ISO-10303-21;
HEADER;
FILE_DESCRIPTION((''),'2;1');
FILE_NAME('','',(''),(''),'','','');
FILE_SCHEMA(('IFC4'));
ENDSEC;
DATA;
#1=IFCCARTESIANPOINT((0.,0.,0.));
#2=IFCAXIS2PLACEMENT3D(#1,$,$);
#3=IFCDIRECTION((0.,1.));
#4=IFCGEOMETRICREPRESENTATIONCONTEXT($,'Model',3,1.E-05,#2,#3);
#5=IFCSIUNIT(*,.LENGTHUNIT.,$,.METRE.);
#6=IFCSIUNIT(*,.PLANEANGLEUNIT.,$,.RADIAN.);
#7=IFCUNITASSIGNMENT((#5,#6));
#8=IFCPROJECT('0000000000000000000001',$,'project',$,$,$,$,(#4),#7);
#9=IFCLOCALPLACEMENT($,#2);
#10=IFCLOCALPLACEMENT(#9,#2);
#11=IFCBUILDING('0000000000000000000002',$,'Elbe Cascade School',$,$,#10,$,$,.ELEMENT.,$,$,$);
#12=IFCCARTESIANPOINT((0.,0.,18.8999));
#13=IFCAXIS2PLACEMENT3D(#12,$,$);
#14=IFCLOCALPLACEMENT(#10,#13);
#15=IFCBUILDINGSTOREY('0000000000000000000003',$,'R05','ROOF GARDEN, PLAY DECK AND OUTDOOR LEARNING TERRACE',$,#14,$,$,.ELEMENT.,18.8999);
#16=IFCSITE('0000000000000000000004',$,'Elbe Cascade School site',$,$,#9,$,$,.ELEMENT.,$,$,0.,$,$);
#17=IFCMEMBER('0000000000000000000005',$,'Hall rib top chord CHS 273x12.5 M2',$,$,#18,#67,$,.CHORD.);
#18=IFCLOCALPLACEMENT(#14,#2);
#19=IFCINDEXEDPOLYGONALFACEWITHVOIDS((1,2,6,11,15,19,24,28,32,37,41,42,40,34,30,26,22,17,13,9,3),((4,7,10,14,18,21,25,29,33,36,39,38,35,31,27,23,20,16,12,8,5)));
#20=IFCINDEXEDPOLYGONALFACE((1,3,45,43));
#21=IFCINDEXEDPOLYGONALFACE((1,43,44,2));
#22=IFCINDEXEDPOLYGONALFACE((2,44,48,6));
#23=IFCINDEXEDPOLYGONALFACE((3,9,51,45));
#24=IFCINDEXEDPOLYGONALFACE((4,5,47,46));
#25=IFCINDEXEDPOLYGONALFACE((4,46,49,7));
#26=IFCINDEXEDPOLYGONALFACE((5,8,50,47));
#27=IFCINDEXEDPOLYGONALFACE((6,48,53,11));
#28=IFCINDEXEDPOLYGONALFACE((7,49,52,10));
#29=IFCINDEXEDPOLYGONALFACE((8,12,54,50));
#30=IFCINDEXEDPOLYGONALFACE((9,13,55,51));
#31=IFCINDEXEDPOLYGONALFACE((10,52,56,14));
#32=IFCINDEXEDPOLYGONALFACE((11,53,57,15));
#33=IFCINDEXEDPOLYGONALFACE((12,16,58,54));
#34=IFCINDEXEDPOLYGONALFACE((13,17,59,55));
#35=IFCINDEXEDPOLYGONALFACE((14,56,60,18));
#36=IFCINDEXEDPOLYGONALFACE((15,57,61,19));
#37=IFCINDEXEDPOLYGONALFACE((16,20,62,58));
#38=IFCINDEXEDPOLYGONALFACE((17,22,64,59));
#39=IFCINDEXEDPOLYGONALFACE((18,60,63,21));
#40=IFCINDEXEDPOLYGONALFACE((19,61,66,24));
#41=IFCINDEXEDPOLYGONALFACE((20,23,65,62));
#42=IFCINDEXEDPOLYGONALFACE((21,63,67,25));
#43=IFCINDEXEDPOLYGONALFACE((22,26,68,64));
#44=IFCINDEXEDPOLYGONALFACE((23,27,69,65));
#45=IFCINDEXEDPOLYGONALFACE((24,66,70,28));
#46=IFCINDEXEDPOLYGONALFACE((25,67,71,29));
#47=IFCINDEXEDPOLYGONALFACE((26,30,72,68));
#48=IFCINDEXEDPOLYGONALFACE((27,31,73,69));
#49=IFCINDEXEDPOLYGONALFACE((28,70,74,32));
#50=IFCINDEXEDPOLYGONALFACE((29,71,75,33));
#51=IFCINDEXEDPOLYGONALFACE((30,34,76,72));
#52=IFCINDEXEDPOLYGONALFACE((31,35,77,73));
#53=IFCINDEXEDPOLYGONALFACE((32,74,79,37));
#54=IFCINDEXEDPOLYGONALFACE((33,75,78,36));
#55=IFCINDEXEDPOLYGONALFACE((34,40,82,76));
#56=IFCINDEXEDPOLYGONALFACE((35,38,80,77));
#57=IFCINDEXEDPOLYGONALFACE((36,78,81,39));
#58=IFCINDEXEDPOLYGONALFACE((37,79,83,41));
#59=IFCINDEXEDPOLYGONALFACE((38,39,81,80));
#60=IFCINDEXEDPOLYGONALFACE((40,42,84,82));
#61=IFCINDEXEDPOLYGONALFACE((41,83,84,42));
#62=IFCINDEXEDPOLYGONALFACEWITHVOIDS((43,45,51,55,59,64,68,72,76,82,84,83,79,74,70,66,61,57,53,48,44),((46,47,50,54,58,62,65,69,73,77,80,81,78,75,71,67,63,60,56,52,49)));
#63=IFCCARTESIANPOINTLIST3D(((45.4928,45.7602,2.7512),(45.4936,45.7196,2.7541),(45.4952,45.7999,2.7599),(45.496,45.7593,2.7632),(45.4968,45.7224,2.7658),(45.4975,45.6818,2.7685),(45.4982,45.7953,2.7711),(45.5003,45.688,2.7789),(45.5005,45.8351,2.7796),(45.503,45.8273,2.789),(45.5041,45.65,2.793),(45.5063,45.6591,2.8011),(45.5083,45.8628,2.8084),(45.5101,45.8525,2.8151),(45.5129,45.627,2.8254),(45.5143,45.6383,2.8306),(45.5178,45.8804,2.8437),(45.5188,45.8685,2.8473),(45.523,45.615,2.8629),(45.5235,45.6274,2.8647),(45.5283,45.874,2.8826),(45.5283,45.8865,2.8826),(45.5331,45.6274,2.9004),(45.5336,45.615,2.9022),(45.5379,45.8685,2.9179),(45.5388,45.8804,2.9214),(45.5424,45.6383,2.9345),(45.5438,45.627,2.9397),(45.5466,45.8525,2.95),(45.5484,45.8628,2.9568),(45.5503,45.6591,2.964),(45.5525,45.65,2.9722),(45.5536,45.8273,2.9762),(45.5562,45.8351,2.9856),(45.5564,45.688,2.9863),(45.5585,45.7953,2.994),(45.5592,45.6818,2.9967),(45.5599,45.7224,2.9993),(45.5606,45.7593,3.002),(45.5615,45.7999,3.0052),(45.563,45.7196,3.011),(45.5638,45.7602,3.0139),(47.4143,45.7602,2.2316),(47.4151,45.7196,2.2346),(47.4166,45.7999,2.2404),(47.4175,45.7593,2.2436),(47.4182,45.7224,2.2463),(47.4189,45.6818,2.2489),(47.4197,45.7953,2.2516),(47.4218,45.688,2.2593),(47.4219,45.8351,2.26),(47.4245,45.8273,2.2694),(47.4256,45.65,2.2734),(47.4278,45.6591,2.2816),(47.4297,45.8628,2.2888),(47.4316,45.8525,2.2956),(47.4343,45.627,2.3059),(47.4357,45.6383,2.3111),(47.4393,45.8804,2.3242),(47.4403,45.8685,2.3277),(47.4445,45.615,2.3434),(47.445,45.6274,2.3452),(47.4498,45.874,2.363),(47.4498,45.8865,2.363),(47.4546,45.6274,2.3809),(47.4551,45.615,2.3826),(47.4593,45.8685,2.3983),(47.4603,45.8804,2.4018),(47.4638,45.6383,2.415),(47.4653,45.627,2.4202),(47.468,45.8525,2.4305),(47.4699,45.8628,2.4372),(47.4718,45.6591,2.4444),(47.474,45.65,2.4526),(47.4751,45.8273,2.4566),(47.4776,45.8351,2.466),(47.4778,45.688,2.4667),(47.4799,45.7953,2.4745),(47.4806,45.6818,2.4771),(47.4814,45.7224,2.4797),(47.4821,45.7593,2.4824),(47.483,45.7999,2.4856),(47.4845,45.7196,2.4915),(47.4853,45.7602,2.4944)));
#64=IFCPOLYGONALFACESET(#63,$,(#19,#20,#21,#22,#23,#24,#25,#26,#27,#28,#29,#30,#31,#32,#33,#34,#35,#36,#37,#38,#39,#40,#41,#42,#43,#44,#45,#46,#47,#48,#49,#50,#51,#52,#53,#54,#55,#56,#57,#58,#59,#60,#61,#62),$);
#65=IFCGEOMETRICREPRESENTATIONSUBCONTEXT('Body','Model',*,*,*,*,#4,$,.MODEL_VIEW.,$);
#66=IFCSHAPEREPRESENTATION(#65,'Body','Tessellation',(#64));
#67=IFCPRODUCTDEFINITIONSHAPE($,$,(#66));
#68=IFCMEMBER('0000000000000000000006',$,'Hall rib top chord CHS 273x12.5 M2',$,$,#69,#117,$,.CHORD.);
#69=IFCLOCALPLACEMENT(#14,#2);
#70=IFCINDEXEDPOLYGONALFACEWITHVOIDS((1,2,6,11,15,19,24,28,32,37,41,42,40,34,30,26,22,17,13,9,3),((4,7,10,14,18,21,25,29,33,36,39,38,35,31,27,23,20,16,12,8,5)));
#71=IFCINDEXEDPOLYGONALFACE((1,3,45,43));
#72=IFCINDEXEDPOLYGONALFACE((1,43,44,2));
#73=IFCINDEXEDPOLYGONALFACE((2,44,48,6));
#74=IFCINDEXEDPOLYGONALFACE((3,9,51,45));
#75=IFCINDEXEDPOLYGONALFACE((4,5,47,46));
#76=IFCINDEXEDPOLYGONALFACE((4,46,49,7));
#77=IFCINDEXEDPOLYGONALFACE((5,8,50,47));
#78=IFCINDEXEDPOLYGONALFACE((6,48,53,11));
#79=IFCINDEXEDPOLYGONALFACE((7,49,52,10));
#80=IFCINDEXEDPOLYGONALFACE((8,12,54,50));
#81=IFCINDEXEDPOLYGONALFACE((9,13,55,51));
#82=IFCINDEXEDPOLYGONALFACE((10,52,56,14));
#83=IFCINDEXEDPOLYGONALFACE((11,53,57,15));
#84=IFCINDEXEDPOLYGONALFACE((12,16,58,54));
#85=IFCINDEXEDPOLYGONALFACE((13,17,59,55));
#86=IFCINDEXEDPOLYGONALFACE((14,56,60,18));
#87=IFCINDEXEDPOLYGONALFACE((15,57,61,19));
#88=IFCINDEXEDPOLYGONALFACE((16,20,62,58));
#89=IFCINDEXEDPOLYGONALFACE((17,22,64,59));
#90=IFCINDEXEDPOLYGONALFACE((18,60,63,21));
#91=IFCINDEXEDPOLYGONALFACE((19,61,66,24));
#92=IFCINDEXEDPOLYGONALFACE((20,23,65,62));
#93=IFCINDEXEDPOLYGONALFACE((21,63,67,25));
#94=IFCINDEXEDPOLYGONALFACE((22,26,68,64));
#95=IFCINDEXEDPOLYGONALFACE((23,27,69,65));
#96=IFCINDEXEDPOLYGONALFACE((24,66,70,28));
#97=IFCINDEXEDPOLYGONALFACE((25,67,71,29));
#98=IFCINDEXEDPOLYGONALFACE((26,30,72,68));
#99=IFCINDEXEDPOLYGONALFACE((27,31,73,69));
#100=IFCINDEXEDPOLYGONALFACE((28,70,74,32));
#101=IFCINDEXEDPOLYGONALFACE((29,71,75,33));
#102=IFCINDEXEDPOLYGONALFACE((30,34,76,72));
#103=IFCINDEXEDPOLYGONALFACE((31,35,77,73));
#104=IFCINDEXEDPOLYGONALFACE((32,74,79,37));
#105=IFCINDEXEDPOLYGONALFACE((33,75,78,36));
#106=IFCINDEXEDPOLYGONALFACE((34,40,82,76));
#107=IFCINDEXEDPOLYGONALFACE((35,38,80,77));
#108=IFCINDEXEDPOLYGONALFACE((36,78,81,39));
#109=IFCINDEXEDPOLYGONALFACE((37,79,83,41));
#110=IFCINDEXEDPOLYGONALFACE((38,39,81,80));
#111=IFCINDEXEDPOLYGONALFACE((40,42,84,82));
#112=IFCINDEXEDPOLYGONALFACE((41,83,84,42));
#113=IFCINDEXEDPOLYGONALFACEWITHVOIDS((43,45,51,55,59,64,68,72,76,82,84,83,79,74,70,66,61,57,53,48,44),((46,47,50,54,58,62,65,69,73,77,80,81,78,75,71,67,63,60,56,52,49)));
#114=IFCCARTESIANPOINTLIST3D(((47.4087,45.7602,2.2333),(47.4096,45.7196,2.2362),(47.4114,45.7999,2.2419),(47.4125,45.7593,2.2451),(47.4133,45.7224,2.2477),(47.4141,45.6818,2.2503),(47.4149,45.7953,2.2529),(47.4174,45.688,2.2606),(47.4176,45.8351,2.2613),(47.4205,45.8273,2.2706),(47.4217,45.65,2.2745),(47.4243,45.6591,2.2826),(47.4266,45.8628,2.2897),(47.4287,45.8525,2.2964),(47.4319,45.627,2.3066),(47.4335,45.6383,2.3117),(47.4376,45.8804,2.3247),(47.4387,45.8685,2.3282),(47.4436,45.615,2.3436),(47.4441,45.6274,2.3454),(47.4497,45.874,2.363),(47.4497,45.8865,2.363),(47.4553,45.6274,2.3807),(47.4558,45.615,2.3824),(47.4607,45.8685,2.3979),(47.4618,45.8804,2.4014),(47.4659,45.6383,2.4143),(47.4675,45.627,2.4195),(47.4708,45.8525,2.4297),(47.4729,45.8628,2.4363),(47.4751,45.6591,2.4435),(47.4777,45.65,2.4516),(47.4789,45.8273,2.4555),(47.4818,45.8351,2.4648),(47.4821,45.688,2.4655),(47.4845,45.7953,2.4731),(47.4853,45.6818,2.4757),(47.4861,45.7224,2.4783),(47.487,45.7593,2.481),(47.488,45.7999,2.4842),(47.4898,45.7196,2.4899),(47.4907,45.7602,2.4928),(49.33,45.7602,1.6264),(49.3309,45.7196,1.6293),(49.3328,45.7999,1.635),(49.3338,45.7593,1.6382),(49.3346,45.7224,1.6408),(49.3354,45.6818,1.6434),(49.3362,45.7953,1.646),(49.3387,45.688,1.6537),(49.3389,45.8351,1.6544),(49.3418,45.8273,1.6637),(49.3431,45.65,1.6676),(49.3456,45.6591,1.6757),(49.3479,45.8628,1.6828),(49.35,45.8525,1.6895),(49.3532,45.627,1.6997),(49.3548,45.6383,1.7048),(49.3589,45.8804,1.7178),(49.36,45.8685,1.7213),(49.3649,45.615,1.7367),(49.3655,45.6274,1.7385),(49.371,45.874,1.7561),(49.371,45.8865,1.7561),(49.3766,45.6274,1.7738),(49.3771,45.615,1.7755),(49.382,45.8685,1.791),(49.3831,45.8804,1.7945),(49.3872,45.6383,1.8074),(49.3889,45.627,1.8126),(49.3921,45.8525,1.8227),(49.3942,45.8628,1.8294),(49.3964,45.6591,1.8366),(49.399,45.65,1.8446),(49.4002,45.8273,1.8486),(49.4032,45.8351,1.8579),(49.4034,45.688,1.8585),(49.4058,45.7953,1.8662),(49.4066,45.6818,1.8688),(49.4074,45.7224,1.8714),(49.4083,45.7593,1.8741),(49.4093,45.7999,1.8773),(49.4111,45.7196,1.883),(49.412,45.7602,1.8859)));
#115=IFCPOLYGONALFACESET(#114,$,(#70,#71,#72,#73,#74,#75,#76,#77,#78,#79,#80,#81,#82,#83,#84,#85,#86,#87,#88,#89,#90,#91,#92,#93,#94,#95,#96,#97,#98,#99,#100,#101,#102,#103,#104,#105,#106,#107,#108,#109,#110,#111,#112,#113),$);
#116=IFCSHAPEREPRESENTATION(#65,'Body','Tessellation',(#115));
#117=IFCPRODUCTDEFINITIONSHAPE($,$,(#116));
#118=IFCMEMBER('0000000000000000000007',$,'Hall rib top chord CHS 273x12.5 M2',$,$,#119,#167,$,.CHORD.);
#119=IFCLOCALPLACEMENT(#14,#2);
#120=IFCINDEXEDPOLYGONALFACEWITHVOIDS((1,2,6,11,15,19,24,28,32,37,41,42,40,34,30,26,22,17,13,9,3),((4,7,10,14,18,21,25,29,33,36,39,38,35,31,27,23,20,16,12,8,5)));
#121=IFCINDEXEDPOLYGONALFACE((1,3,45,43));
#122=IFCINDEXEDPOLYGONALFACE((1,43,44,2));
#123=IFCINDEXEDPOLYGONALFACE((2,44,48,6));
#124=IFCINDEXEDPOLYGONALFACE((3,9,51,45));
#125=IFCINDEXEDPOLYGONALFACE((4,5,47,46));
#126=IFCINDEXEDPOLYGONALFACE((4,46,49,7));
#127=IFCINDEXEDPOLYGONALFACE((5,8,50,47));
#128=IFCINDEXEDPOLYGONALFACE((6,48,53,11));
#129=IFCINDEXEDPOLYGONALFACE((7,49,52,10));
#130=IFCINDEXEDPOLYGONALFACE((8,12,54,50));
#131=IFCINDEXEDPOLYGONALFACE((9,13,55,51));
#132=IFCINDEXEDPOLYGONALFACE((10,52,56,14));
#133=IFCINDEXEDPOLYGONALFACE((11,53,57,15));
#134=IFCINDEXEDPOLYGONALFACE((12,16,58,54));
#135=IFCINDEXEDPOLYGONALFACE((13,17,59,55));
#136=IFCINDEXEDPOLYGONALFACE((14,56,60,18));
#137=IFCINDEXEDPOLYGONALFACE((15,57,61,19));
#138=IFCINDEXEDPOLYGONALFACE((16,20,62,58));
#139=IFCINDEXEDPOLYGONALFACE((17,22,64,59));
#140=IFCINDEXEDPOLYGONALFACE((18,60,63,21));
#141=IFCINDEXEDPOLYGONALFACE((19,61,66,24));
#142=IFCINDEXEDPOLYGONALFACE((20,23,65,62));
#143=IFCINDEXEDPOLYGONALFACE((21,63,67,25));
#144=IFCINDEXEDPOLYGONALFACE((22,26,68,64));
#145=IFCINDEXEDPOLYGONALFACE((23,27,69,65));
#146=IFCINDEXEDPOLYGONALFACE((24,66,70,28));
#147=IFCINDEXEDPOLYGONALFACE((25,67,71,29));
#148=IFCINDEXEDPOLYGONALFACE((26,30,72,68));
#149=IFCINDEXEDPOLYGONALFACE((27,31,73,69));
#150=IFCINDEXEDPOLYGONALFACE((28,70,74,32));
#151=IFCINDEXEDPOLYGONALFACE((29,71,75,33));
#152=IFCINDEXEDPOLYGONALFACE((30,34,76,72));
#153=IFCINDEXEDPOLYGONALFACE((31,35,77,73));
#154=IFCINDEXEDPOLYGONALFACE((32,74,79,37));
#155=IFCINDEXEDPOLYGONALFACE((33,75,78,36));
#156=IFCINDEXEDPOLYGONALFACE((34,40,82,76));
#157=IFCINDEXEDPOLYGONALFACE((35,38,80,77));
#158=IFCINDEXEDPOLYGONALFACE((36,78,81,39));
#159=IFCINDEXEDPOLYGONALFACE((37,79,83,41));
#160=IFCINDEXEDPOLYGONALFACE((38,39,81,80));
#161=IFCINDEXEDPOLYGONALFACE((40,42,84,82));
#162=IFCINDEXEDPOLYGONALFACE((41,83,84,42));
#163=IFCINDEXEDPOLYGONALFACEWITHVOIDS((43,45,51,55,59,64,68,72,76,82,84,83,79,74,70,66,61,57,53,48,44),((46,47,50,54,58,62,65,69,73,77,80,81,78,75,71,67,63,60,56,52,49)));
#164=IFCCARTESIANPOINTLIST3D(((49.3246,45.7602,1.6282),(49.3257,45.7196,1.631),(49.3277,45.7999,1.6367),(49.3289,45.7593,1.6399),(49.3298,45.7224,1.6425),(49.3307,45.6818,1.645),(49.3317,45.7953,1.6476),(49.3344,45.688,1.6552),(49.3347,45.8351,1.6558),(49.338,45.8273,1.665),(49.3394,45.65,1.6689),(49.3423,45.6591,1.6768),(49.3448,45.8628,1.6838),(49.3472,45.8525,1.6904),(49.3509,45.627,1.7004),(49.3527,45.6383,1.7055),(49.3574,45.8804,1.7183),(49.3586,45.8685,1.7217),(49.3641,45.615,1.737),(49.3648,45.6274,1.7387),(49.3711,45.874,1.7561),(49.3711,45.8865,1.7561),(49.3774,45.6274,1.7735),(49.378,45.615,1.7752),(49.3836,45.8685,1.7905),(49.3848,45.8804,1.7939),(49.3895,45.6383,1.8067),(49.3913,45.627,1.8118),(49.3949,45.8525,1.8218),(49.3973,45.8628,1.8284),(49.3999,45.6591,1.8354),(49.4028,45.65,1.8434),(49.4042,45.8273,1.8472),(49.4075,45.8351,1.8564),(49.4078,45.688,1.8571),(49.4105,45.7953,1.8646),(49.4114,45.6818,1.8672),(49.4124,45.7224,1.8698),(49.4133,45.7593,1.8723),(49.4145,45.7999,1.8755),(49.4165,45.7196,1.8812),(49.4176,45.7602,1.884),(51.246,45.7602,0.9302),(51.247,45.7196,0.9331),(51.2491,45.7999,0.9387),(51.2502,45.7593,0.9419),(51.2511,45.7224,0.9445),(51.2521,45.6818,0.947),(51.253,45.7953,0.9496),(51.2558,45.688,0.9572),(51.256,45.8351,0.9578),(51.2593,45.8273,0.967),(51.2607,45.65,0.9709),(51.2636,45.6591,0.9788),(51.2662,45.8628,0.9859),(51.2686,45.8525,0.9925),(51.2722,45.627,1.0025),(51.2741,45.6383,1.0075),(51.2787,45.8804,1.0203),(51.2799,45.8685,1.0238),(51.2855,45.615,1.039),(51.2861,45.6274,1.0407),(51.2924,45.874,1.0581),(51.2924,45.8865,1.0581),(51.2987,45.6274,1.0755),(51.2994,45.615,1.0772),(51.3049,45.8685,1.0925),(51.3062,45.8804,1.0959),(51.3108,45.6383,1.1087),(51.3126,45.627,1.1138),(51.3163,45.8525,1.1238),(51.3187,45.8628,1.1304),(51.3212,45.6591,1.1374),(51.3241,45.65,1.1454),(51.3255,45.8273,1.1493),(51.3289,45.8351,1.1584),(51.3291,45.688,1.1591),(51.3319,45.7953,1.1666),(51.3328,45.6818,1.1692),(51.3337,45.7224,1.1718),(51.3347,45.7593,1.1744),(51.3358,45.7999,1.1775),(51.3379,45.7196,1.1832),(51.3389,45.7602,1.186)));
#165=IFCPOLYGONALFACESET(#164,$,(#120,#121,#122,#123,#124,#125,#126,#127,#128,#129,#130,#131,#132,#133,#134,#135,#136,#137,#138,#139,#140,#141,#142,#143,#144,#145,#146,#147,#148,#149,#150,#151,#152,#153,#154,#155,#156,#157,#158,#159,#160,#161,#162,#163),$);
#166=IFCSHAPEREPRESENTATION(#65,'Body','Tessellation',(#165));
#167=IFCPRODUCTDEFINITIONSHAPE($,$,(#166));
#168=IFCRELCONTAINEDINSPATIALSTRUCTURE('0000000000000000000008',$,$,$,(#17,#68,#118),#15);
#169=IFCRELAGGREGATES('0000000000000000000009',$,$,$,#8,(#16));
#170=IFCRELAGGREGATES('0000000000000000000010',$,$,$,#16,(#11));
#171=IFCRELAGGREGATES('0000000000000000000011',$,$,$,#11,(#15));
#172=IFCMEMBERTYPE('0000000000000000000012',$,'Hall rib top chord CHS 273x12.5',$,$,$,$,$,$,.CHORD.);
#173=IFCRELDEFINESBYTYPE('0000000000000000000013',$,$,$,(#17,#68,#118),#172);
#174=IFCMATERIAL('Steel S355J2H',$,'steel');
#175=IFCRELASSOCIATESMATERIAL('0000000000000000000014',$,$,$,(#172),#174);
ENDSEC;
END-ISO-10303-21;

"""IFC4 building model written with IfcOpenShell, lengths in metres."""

from ifc_helpers import new_model, si_unit, direction, frame, origin, origin_2d, place, context, subcontext, project, spatial, hollow_circle, extrude, material, material_profile, profile_set, type_object, element, save


model = new_model("IFC4")

# Units and contexts
model_context = context("Model", 3, precision=1e-05, world=origin(), true_north=direction((0.0, 1.0)))
body_context = subcontext(model_context, "Body", "Model", "MODEL_VIEW")
ifc_project = project(units=[si_unit("LENGTHUNIT", "METRE"), si_unit("PLANEANGLEUNIT", "RADIAN")], contexts=[model_context])

# Site, building, storey
site_placement = place(None, origin())
site = spatial("IfcSite", under=ifc_project, at=site_placement, Name="Elbe Cascade School site", CompositionType="ELEMENT", RefElevation=0.0)
building_placement = place(site_placement, origin())
building = spatial("IfcBuilding", under=site, at=building_placement, Name="Elbe Cascade School", CompositionType="ELEMENT")
storey_placement = place(building_placement, frame((0.0, 0.0, 18.8999)))
storey = spatial("IfcBuildingStorey", under=building, at=storey_placement, Name="R05", Description="ROOF GARDEN, PLAY DECK AND OUTDOOR LEARNING TERRACE", CompositionType="ELEMENT", Elevation=18.8999)

# Members
ifc_material_1 = material(Name="Steel S355J2H", Category="steel")
ifc_material_profile_1 = material_profile(ifc_material_1, hollow_circle(Radius=0.1365, WallThickness=0.0125, at=origin_2d()), Name="CHS 273x12.5")
ifc_profile_set_1 = profile_set([ifc_material_profile_1], Name="Steel S355J2H")
member_type_1 = type_object("IfcMemberType", Name="Hall rib top chord CHS 273x12.5", PredefinedType="CHORD", material=ifc_profile_set_1)
member_1_placement = place(storey_placement, frame((45.5283, 45.75, 2.8826), z_axis=(0.965333, 0.0, -0.26102), x_axis=(0.0, 1.0, 0.0)))
element("IfcMember", 1, at=member_1_placement, inside=storey, type_object=member_type_1, Name="Hall rib top chord CHS 273x12.5 M2", PredefinedType="CHORD", context=body_context, shape_type="SweptSolid", body=[
    extrude(hollow_circle(Radius=0.1365, WallThickness=0.0125, at=origin_2d()), origin(), (0.0, 0.0, 1.0), 1.9905),
])
member_2_placement = place(storey_placement, frame((47.4497, 45.75, 2.363), z_axis=(0.953557, 0.0, -0.301213), x_axis=(0.0, 1.0, 0.0)))
element("IfcMember", 2, at=member_2_placement, inside=storey, type_object=member_type_1, Name="Hall rib top chord CHS 273x12.5 M2", PredefinedType="CHORD", context=body_context, shape_type="SweptSolid", body=[
    extrude(hollow_circle(Radius=0.1365, WallThickness=0.0125, at=origin_2d()), origin(), (0.0, 0.0, 1.0), 2.0149),
])
member_3_placement = place(storey_placement, frame((49.3711, 45.75, 1.7561), z_axis=(0.939901, 0.0, -0.341446), x_axis=(0.0, 1.0, 0.0)))
element("IfcMember", 3, at=member_3_placement, inside=storey, type_object=member_type_1, Name="Hall rib top chord CHS 273x12.5 M2", PredefinedType="CHORD", context=body_context, shape_type="SweptSolid", body=[
    extrude(hollow_circle(Radius=0.1365, WallThickness=0.0125, at=origin_2d()), origin(), (0.0, 0.0, 1.0), 2.0442),
])

save(model, "model.ifc")
